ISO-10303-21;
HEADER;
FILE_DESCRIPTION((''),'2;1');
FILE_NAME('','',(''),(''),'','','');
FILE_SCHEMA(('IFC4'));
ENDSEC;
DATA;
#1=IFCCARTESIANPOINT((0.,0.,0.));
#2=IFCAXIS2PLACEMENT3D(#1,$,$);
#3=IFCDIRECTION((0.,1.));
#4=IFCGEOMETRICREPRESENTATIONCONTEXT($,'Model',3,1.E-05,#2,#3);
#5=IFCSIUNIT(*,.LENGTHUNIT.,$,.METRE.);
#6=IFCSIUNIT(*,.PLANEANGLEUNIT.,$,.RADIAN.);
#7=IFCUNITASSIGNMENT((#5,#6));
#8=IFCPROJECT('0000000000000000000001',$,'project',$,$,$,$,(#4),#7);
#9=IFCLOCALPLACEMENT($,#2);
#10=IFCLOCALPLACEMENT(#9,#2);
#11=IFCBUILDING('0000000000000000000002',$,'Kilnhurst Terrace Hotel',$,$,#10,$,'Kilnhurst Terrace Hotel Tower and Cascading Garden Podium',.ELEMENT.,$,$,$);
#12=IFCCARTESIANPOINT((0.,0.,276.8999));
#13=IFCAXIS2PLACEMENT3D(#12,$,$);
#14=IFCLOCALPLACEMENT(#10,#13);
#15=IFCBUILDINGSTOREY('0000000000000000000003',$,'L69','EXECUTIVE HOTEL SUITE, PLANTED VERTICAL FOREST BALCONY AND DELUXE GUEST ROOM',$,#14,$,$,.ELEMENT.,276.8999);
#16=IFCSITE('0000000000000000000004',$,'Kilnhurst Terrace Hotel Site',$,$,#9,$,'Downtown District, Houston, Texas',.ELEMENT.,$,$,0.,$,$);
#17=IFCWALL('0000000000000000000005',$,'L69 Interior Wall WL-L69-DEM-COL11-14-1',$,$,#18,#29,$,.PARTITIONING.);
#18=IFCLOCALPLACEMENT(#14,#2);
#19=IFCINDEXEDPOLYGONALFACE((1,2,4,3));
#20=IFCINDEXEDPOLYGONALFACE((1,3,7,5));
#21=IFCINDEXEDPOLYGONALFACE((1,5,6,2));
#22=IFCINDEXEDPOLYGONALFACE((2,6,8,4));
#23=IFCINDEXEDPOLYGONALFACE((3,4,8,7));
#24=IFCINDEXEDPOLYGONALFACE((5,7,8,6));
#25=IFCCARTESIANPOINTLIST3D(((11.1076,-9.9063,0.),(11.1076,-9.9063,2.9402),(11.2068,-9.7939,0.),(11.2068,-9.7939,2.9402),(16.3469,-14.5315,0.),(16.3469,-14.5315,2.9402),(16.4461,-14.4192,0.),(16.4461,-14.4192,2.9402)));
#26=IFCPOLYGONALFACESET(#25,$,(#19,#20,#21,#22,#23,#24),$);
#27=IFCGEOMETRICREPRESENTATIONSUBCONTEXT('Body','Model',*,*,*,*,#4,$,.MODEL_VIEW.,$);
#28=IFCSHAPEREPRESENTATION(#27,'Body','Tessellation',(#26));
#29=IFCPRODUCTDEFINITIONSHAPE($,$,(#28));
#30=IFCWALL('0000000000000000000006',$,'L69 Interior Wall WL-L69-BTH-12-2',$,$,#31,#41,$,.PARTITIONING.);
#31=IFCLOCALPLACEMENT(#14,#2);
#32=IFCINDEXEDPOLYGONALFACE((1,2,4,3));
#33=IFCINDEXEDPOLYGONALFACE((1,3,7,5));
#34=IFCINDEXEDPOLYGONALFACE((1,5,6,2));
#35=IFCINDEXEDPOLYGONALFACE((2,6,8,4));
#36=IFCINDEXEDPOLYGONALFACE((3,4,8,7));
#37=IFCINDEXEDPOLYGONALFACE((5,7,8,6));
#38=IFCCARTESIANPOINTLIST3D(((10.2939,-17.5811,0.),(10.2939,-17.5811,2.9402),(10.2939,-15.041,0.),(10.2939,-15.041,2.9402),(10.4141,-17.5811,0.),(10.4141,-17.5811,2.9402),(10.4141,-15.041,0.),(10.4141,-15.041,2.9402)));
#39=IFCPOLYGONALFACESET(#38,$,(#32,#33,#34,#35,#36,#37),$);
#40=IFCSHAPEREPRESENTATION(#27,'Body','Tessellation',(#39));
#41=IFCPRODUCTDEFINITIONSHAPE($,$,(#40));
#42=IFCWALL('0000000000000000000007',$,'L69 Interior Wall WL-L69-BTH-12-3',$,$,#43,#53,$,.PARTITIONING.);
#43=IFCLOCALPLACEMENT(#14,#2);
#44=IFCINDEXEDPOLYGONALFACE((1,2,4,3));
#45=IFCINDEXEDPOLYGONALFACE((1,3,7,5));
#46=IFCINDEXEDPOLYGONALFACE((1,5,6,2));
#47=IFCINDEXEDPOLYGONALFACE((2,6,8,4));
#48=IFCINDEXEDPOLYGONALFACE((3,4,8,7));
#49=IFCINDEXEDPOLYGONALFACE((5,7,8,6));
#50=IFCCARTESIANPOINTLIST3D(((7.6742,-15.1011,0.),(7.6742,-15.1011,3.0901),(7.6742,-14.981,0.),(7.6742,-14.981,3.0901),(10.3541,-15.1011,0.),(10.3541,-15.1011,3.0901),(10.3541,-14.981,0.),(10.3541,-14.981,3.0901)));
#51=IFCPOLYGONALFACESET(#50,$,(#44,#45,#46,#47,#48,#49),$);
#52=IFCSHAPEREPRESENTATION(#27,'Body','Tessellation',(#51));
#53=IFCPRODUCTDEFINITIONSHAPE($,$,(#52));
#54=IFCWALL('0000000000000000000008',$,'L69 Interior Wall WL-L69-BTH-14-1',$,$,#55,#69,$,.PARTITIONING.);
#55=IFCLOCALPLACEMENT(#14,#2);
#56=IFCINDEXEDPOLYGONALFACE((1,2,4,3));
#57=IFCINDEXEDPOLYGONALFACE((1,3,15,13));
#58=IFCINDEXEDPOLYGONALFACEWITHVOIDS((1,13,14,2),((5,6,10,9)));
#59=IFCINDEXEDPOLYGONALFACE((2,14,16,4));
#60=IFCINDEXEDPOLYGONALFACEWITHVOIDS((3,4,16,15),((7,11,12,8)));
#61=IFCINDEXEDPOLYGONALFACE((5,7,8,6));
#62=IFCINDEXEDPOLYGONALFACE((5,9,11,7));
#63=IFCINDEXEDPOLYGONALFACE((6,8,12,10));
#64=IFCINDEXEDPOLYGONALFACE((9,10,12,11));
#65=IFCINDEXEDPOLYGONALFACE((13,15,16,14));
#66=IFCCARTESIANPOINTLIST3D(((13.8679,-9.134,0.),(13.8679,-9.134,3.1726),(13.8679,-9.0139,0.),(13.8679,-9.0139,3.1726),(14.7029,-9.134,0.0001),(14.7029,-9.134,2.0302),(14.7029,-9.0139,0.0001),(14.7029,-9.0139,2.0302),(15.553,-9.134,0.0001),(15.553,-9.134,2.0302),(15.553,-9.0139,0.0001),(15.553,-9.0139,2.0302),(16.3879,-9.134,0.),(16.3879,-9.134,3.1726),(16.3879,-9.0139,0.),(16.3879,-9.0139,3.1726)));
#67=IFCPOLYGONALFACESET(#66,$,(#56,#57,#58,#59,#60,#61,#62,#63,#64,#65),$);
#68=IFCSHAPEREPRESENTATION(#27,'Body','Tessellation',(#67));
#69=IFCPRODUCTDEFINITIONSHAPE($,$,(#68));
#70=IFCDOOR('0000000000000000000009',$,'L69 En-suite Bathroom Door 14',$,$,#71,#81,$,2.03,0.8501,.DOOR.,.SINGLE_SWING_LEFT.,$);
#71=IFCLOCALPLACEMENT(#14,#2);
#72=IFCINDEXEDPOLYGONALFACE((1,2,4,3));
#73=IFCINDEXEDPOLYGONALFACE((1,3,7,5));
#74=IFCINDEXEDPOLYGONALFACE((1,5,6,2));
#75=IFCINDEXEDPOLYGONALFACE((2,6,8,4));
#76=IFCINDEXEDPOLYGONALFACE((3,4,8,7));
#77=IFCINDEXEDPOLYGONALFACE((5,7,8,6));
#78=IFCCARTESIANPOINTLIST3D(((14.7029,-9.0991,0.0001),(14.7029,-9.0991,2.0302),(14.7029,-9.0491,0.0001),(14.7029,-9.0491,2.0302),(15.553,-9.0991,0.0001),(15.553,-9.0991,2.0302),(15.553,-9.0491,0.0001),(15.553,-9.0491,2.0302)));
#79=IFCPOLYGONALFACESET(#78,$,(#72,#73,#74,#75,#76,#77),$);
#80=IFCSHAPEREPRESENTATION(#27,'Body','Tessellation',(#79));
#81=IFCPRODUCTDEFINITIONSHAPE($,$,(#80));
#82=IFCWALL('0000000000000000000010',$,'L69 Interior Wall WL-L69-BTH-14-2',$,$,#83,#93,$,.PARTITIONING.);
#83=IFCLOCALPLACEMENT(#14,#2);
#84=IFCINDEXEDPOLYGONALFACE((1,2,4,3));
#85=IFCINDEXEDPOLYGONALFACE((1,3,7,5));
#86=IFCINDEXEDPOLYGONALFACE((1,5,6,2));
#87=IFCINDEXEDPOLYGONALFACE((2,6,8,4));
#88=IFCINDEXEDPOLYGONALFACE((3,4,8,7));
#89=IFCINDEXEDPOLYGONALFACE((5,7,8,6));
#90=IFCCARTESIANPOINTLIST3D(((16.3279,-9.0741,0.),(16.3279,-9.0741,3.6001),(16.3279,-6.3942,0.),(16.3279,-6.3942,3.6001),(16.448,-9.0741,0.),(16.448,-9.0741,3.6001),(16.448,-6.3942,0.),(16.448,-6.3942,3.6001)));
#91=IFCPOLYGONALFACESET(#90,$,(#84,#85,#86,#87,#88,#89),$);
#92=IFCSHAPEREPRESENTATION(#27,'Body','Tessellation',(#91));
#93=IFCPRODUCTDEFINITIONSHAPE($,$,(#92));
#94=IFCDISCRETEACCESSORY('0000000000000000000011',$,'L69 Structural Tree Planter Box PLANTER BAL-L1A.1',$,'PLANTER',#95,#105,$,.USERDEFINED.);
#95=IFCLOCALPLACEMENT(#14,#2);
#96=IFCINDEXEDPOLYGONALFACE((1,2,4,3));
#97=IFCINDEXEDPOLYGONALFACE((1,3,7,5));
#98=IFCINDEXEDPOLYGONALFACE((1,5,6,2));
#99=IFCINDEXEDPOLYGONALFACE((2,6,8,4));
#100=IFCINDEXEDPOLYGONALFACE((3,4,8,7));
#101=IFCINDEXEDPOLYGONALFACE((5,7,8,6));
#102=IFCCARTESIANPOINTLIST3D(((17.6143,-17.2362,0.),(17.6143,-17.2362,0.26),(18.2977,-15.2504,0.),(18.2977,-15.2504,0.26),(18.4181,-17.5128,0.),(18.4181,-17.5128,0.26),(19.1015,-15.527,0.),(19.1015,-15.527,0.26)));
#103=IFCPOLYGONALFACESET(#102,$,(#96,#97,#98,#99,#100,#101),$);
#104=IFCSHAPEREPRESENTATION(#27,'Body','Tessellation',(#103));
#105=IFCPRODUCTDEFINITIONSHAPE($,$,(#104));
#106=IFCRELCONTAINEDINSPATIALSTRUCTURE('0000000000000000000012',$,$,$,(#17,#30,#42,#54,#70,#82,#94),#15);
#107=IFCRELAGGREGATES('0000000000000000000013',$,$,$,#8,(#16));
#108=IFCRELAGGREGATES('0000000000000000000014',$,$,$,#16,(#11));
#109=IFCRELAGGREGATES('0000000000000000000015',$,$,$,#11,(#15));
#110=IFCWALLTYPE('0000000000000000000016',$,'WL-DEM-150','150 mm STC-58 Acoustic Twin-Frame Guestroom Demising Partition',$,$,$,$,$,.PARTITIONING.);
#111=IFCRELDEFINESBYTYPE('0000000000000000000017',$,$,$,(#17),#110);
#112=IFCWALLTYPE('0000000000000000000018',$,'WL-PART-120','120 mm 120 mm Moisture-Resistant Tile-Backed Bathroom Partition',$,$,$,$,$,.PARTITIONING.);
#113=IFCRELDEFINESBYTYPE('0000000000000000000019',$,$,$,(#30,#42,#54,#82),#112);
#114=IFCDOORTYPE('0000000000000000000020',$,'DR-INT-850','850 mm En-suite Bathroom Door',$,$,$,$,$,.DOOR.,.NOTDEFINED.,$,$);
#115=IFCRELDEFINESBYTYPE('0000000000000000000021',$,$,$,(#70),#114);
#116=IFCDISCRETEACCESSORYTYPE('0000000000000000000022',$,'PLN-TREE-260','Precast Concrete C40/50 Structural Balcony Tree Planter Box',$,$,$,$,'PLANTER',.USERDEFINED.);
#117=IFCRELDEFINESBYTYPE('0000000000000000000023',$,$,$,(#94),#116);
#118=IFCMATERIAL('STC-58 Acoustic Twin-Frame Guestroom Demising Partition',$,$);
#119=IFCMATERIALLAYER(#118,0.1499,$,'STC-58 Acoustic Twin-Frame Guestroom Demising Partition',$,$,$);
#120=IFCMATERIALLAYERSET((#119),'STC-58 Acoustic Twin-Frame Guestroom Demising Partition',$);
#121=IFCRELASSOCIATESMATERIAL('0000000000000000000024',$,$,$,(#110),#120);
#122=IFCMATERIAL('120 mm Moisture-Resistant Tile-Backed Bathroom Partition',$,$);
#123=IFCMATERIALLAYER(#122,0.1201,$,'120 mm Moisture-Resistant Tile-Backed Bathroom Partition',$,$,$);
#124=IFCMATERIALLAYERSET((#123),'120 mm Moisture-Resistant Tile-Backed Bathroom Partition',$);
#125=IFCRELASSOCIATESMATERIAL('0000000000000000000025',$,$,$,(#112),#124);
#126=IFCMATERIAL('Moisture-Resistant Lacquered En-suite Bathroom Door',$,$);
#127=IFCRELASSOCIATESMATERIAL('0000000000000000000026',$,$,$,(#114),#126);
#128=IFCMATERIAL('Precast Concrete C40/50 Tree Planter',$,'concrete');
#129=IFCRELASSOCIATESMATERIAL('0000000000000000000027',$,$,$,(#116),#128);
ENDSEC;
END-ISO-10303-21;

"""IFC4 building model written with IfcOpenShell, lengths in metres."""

from ifc_helpers import new_model, si_unit, direction, frame, frame_2d, origin, origin_2d, place, context, subcontext, project, spatial, rectangle, extrude, material, layer, layer_set, type_object, element, fill, save


model = new_model("IFC4")

# Units and contexts
model_context = context("Model", 3, precision=1e-05, world=origin(), true_north=direction((0.0, 1.0)))
body_context = subcontext(model_context, "Body", "Model", "MODEL_VIEW")
ifc_project = project(units=[si_unit("LENGTHUNIT", "METRE"), si_unit("PLANEANGLEUNIT", "RADIAN")], contexts=[model_context])

# Site, building, storey
site_placement = place(None, origin())
site = spatial("IfcSite", under=ifc_project, at=site_placement, Name="Kilnhurst Terrace Hotel Site", LongName="Downtown District, Houston, Texas", CompositionType="ELEMENT", RefElevation=0.0)
building_placement = place(site_placement, origin())
building = spatial("IfcBuilding", under=site, at=building_placement, Name="Kilnhurst Terrace Hotel", LongName="Kilnhurst Terrace Hotel Tower and Cascading Garden Podium", CompositionType="ELEMENT")
storey_placement = place(building_placement, frame((0.0, 0.0, 276.8999)))
storey = spatial("IfcBuildingStorey", under=building, at=storey_placement, Name="L69", Description="EXECUTIVE HOTEL SUITE, PLANTED VERTICAL FOREST BALCONY AND DELUXE GUEST ROOM", CompositionType="ELEMENT", Elevation=276.8999)

# Walls
ifc_material_1 = material(Name="STC-58 Acoustic Twin-Frame Guestroom Demising Partition")
ifc_layer_1 = layer(ifc_material_1, 0.1499, Name="STC-58 Acoustic Twin-Frame Guestroom Demising Partition")
ifc_layer_set_1 = layer_set([ifc_layer_1], Name="STC-58 Acoustic Twin-Frame Guestroom Demising Partition")
wall_type_1 = type_object("IfcWallType", Name="WL-DEM-150", Description="150 mm STC-58 Acoustic Twin-Frame Guestroom Demising Partition", PredefinedType="PARTITIONING", material=ifc_layer_set_1)
wall_1_placement = place(storey_placement, frame((11.1572, -9.8501, 0.0), z_axis=(0.0, 0.0, 1.0), x_axis=(0.74967, -0.661812, 0.0)))
element("IfcWall", 1, at=wall_1_placement, inside=storey, type_object=wall_type_1, Name="L69 Interior Wall WL-L69-DEM-COL11-14-1", PredefinedType="PARTITIONING", context=body_context, shape_type="SweptSolid", body=[
    extrude(rectangle(XDim=6.9888, YDim=0.1499, at=frame_2d((3.4944, 0.0))), origin(), (0.0, 0.0, 1.0), 2.9402),
])
ifc_material_2 = material(Name="120 mm Moisture-Resistant Tile-Backed Bathroom Partition")
ifc_layer_2 = layer(ifc_material_2, 0.1201, Name="120 mm Moisture-Resistant Tile-Backed Bathroom Partition")
ifc_layer_set_2 = layer_set([ifc_layer_2], Name="120 mm Moisture-Resistant Tile-Backed Bathroom Partition")
wall_type_2 = type_object("IfcWallType", Name="WL-PART-120", Description="120 mm 120 mm Moisture-Resistant Tile-Backed Bathroom Partition", PredefinedType="PARTITIONING", material=ifc_layer_set_2)
wall_2_placement = place(storey_placement, frame((10.354, -17.5811, 0.0), z_axis=(0.0, 0.0, 1.0), x_axis=(0.0, 1.0, 0.0)))
element("IfcWall", 2, at=wall_2_placement, inside=storey, type_object=wall_type_2, Name="L69 Interior Wall WL-L69-BTH-12-2", PredefinedType="PARTITIONING", context=body_context, shape_type="SweptSolid", body=[
    extrude(rectangle(XDim=2.54, YDim=0.1201, at=frame_2d((1.27, 0.0))), origin(), (0.0, 0.0, 1.0), 2.9402),
])
wall_3_placement = place(storey_placement, frame((10.354, -15.041, 0.0), z_axis=(0.0, 0.0, 1.0), x_axis=(-1.0, 0.0, 0.0)))
element("IfcWall", 3, at=wall_3_placement, inside=storey, type_object=wall_type_2, Name="L69 Interior Wall WL-L69-BTH-12-3", PredefinedType="PARTITIONING", context=body_context, shape_type="SweptSolid", body=[
    extrude(rectangle(XDim=2.6799, YDim=0.1201, at=frame_2d((1.3398, 0.0))), origin(), (0.0, 0.0, 1.0), 3.0901),
])

# Wall, opening, door
wall_4_placement = place(storey_placement, frame((13.8679, -9.074, 0.0), z_axis=(0.0, 0.0, 1.0), x_axis=(1.0, 0.0, 0.0)))
wall_4 = element("IfcWall", 4, at=wall_4_placement, inside=storey, type_object=wall_type_2, Name="L69 Interior Wall WL-L69-BTH-14-1", PredefinedType="PARTITIONING", context=body_context, shape_type="SweptSolid", body=[
    extrude(rectangle(XDim=2.52, YDim=0.1201, at=frame_2d((1.26, 0.0))), origin(), (0.0, 0.0, 1.0), 3.1726),
])
opening_1_placement = place(wall_4_placement, frame((0.835, 0.0, 0.0)))
opening_1 = element("IfcOpeningElement", 5, at=opening_1_placement, cuts=wall_4, PredefinedType="OPENING", context=body_context, shape_type="SweptSolid", body=[
    extrude(rectangle(XDim=0.8501, YDim=2.03, at=frame_2d((0.425, 1.0151))), frame((0.0, 0.0701, 0.0), z_axis=(0.0, -1.0, 0.0), x_axis=(1.0, 0.0, 0.0)), (0.0, 0.0, 1.0), 0.1401),
])
ifc_material_3 = material(Name="Moisture-Resistant Lacquered En-suite Bathroom Door")
door_type_1 = type_object("IfcDoorType", Name="DR-INT-850", Description="850 mm En-suite Bathroom Door", OperationType="NOTDEFINED", PredefinedType="DOOR", material=ifc_material_3)
door_1_placement = place(opening_1_placement, origin())
door_1 = element("IfcDoor", 6, at=door_1_placement, inside=storey, type_object=door_type_1, Name="L69 En-suite Bathroom Door 14", OperationType="SINGLE_SWING_LEFT", OverallHeight=2.03, OverallWidth=0.8501, PredefinedType="DOOR", context=body_context, shape_type="SweptSolid", body=[
    extrude(rectangle(XDim=0.8501, YDim=2.03, at=frame_2d((0.425, 1.0151))), frame((0.0, 0.0249, 0.0), z_axis=(0.0, -1.0, 0.0), x_axis=(1.0, 0.0, 0.0)), (0.0, 0.0, 1.0), 0.05),
])
fill(opening_1, door_1)

# Wall
wall_5_placement = place(storey_placement, frame((16.3879, -9.074, 0.0), z_axis=(0.0, 0.0, 1.0), x_axis=(0.0, 1.0, 0.0)))
element("IfcWall", 7, at=wall_5_placement, inside=storey, type_object=wall_type_2, Name="L69 Interior Wall WL-L69-BTH-14-2", PredefinedType="PARTITIONING", context=body_context, shape_type="SweptSolid", body=[
    extrude(rectangle(XDim=2.6799, YDim=0.1201, at=frame_2d((1.3398, 0.0))), origin(), (0.0, 0.0, 1.0), 3.6001),
])

# Discrete accessory
ifc_material_4 = material(Name="Precast Concrete C40/50 Tree Planter", Category="concrete")
discrete_accessory_type = type_object("IfcDiscreteAccessoryType", Name="PLN-TREE-260", Description="Precast Concrete C40/50 Structural Balcony Tree Planter Box", ElementType="PLANTER", PredefinedType="USERDEFINED", material=ifc_material_4)
discrete_accessory_placement = place(storey_placement, frame((18.3579, -16.3816, 0.0), z_axis=(0.0, 0.0, 1.0), x_axis=(0.325403, 0.945575, 0.0)))
element("IfcDiscreteAccessory", 8, at=discrete_accessory_placement, inside=storey, type_object=discrete_accessory_type, Name="L69 Structural Tree Planter Box PLANTER BAL-L1A.1", ObjectType="PLANTER", PredefinedType="USERDEFINED", context=body_context, shape_type="SweptSolid", body=[
    extrude(rectangle(XDim=2.1001, YDim=0.8501, at=origin_2d()), origin(), (0.0, 0.0, 1.0), 0.26),
])

save(model, "model.ifc")
